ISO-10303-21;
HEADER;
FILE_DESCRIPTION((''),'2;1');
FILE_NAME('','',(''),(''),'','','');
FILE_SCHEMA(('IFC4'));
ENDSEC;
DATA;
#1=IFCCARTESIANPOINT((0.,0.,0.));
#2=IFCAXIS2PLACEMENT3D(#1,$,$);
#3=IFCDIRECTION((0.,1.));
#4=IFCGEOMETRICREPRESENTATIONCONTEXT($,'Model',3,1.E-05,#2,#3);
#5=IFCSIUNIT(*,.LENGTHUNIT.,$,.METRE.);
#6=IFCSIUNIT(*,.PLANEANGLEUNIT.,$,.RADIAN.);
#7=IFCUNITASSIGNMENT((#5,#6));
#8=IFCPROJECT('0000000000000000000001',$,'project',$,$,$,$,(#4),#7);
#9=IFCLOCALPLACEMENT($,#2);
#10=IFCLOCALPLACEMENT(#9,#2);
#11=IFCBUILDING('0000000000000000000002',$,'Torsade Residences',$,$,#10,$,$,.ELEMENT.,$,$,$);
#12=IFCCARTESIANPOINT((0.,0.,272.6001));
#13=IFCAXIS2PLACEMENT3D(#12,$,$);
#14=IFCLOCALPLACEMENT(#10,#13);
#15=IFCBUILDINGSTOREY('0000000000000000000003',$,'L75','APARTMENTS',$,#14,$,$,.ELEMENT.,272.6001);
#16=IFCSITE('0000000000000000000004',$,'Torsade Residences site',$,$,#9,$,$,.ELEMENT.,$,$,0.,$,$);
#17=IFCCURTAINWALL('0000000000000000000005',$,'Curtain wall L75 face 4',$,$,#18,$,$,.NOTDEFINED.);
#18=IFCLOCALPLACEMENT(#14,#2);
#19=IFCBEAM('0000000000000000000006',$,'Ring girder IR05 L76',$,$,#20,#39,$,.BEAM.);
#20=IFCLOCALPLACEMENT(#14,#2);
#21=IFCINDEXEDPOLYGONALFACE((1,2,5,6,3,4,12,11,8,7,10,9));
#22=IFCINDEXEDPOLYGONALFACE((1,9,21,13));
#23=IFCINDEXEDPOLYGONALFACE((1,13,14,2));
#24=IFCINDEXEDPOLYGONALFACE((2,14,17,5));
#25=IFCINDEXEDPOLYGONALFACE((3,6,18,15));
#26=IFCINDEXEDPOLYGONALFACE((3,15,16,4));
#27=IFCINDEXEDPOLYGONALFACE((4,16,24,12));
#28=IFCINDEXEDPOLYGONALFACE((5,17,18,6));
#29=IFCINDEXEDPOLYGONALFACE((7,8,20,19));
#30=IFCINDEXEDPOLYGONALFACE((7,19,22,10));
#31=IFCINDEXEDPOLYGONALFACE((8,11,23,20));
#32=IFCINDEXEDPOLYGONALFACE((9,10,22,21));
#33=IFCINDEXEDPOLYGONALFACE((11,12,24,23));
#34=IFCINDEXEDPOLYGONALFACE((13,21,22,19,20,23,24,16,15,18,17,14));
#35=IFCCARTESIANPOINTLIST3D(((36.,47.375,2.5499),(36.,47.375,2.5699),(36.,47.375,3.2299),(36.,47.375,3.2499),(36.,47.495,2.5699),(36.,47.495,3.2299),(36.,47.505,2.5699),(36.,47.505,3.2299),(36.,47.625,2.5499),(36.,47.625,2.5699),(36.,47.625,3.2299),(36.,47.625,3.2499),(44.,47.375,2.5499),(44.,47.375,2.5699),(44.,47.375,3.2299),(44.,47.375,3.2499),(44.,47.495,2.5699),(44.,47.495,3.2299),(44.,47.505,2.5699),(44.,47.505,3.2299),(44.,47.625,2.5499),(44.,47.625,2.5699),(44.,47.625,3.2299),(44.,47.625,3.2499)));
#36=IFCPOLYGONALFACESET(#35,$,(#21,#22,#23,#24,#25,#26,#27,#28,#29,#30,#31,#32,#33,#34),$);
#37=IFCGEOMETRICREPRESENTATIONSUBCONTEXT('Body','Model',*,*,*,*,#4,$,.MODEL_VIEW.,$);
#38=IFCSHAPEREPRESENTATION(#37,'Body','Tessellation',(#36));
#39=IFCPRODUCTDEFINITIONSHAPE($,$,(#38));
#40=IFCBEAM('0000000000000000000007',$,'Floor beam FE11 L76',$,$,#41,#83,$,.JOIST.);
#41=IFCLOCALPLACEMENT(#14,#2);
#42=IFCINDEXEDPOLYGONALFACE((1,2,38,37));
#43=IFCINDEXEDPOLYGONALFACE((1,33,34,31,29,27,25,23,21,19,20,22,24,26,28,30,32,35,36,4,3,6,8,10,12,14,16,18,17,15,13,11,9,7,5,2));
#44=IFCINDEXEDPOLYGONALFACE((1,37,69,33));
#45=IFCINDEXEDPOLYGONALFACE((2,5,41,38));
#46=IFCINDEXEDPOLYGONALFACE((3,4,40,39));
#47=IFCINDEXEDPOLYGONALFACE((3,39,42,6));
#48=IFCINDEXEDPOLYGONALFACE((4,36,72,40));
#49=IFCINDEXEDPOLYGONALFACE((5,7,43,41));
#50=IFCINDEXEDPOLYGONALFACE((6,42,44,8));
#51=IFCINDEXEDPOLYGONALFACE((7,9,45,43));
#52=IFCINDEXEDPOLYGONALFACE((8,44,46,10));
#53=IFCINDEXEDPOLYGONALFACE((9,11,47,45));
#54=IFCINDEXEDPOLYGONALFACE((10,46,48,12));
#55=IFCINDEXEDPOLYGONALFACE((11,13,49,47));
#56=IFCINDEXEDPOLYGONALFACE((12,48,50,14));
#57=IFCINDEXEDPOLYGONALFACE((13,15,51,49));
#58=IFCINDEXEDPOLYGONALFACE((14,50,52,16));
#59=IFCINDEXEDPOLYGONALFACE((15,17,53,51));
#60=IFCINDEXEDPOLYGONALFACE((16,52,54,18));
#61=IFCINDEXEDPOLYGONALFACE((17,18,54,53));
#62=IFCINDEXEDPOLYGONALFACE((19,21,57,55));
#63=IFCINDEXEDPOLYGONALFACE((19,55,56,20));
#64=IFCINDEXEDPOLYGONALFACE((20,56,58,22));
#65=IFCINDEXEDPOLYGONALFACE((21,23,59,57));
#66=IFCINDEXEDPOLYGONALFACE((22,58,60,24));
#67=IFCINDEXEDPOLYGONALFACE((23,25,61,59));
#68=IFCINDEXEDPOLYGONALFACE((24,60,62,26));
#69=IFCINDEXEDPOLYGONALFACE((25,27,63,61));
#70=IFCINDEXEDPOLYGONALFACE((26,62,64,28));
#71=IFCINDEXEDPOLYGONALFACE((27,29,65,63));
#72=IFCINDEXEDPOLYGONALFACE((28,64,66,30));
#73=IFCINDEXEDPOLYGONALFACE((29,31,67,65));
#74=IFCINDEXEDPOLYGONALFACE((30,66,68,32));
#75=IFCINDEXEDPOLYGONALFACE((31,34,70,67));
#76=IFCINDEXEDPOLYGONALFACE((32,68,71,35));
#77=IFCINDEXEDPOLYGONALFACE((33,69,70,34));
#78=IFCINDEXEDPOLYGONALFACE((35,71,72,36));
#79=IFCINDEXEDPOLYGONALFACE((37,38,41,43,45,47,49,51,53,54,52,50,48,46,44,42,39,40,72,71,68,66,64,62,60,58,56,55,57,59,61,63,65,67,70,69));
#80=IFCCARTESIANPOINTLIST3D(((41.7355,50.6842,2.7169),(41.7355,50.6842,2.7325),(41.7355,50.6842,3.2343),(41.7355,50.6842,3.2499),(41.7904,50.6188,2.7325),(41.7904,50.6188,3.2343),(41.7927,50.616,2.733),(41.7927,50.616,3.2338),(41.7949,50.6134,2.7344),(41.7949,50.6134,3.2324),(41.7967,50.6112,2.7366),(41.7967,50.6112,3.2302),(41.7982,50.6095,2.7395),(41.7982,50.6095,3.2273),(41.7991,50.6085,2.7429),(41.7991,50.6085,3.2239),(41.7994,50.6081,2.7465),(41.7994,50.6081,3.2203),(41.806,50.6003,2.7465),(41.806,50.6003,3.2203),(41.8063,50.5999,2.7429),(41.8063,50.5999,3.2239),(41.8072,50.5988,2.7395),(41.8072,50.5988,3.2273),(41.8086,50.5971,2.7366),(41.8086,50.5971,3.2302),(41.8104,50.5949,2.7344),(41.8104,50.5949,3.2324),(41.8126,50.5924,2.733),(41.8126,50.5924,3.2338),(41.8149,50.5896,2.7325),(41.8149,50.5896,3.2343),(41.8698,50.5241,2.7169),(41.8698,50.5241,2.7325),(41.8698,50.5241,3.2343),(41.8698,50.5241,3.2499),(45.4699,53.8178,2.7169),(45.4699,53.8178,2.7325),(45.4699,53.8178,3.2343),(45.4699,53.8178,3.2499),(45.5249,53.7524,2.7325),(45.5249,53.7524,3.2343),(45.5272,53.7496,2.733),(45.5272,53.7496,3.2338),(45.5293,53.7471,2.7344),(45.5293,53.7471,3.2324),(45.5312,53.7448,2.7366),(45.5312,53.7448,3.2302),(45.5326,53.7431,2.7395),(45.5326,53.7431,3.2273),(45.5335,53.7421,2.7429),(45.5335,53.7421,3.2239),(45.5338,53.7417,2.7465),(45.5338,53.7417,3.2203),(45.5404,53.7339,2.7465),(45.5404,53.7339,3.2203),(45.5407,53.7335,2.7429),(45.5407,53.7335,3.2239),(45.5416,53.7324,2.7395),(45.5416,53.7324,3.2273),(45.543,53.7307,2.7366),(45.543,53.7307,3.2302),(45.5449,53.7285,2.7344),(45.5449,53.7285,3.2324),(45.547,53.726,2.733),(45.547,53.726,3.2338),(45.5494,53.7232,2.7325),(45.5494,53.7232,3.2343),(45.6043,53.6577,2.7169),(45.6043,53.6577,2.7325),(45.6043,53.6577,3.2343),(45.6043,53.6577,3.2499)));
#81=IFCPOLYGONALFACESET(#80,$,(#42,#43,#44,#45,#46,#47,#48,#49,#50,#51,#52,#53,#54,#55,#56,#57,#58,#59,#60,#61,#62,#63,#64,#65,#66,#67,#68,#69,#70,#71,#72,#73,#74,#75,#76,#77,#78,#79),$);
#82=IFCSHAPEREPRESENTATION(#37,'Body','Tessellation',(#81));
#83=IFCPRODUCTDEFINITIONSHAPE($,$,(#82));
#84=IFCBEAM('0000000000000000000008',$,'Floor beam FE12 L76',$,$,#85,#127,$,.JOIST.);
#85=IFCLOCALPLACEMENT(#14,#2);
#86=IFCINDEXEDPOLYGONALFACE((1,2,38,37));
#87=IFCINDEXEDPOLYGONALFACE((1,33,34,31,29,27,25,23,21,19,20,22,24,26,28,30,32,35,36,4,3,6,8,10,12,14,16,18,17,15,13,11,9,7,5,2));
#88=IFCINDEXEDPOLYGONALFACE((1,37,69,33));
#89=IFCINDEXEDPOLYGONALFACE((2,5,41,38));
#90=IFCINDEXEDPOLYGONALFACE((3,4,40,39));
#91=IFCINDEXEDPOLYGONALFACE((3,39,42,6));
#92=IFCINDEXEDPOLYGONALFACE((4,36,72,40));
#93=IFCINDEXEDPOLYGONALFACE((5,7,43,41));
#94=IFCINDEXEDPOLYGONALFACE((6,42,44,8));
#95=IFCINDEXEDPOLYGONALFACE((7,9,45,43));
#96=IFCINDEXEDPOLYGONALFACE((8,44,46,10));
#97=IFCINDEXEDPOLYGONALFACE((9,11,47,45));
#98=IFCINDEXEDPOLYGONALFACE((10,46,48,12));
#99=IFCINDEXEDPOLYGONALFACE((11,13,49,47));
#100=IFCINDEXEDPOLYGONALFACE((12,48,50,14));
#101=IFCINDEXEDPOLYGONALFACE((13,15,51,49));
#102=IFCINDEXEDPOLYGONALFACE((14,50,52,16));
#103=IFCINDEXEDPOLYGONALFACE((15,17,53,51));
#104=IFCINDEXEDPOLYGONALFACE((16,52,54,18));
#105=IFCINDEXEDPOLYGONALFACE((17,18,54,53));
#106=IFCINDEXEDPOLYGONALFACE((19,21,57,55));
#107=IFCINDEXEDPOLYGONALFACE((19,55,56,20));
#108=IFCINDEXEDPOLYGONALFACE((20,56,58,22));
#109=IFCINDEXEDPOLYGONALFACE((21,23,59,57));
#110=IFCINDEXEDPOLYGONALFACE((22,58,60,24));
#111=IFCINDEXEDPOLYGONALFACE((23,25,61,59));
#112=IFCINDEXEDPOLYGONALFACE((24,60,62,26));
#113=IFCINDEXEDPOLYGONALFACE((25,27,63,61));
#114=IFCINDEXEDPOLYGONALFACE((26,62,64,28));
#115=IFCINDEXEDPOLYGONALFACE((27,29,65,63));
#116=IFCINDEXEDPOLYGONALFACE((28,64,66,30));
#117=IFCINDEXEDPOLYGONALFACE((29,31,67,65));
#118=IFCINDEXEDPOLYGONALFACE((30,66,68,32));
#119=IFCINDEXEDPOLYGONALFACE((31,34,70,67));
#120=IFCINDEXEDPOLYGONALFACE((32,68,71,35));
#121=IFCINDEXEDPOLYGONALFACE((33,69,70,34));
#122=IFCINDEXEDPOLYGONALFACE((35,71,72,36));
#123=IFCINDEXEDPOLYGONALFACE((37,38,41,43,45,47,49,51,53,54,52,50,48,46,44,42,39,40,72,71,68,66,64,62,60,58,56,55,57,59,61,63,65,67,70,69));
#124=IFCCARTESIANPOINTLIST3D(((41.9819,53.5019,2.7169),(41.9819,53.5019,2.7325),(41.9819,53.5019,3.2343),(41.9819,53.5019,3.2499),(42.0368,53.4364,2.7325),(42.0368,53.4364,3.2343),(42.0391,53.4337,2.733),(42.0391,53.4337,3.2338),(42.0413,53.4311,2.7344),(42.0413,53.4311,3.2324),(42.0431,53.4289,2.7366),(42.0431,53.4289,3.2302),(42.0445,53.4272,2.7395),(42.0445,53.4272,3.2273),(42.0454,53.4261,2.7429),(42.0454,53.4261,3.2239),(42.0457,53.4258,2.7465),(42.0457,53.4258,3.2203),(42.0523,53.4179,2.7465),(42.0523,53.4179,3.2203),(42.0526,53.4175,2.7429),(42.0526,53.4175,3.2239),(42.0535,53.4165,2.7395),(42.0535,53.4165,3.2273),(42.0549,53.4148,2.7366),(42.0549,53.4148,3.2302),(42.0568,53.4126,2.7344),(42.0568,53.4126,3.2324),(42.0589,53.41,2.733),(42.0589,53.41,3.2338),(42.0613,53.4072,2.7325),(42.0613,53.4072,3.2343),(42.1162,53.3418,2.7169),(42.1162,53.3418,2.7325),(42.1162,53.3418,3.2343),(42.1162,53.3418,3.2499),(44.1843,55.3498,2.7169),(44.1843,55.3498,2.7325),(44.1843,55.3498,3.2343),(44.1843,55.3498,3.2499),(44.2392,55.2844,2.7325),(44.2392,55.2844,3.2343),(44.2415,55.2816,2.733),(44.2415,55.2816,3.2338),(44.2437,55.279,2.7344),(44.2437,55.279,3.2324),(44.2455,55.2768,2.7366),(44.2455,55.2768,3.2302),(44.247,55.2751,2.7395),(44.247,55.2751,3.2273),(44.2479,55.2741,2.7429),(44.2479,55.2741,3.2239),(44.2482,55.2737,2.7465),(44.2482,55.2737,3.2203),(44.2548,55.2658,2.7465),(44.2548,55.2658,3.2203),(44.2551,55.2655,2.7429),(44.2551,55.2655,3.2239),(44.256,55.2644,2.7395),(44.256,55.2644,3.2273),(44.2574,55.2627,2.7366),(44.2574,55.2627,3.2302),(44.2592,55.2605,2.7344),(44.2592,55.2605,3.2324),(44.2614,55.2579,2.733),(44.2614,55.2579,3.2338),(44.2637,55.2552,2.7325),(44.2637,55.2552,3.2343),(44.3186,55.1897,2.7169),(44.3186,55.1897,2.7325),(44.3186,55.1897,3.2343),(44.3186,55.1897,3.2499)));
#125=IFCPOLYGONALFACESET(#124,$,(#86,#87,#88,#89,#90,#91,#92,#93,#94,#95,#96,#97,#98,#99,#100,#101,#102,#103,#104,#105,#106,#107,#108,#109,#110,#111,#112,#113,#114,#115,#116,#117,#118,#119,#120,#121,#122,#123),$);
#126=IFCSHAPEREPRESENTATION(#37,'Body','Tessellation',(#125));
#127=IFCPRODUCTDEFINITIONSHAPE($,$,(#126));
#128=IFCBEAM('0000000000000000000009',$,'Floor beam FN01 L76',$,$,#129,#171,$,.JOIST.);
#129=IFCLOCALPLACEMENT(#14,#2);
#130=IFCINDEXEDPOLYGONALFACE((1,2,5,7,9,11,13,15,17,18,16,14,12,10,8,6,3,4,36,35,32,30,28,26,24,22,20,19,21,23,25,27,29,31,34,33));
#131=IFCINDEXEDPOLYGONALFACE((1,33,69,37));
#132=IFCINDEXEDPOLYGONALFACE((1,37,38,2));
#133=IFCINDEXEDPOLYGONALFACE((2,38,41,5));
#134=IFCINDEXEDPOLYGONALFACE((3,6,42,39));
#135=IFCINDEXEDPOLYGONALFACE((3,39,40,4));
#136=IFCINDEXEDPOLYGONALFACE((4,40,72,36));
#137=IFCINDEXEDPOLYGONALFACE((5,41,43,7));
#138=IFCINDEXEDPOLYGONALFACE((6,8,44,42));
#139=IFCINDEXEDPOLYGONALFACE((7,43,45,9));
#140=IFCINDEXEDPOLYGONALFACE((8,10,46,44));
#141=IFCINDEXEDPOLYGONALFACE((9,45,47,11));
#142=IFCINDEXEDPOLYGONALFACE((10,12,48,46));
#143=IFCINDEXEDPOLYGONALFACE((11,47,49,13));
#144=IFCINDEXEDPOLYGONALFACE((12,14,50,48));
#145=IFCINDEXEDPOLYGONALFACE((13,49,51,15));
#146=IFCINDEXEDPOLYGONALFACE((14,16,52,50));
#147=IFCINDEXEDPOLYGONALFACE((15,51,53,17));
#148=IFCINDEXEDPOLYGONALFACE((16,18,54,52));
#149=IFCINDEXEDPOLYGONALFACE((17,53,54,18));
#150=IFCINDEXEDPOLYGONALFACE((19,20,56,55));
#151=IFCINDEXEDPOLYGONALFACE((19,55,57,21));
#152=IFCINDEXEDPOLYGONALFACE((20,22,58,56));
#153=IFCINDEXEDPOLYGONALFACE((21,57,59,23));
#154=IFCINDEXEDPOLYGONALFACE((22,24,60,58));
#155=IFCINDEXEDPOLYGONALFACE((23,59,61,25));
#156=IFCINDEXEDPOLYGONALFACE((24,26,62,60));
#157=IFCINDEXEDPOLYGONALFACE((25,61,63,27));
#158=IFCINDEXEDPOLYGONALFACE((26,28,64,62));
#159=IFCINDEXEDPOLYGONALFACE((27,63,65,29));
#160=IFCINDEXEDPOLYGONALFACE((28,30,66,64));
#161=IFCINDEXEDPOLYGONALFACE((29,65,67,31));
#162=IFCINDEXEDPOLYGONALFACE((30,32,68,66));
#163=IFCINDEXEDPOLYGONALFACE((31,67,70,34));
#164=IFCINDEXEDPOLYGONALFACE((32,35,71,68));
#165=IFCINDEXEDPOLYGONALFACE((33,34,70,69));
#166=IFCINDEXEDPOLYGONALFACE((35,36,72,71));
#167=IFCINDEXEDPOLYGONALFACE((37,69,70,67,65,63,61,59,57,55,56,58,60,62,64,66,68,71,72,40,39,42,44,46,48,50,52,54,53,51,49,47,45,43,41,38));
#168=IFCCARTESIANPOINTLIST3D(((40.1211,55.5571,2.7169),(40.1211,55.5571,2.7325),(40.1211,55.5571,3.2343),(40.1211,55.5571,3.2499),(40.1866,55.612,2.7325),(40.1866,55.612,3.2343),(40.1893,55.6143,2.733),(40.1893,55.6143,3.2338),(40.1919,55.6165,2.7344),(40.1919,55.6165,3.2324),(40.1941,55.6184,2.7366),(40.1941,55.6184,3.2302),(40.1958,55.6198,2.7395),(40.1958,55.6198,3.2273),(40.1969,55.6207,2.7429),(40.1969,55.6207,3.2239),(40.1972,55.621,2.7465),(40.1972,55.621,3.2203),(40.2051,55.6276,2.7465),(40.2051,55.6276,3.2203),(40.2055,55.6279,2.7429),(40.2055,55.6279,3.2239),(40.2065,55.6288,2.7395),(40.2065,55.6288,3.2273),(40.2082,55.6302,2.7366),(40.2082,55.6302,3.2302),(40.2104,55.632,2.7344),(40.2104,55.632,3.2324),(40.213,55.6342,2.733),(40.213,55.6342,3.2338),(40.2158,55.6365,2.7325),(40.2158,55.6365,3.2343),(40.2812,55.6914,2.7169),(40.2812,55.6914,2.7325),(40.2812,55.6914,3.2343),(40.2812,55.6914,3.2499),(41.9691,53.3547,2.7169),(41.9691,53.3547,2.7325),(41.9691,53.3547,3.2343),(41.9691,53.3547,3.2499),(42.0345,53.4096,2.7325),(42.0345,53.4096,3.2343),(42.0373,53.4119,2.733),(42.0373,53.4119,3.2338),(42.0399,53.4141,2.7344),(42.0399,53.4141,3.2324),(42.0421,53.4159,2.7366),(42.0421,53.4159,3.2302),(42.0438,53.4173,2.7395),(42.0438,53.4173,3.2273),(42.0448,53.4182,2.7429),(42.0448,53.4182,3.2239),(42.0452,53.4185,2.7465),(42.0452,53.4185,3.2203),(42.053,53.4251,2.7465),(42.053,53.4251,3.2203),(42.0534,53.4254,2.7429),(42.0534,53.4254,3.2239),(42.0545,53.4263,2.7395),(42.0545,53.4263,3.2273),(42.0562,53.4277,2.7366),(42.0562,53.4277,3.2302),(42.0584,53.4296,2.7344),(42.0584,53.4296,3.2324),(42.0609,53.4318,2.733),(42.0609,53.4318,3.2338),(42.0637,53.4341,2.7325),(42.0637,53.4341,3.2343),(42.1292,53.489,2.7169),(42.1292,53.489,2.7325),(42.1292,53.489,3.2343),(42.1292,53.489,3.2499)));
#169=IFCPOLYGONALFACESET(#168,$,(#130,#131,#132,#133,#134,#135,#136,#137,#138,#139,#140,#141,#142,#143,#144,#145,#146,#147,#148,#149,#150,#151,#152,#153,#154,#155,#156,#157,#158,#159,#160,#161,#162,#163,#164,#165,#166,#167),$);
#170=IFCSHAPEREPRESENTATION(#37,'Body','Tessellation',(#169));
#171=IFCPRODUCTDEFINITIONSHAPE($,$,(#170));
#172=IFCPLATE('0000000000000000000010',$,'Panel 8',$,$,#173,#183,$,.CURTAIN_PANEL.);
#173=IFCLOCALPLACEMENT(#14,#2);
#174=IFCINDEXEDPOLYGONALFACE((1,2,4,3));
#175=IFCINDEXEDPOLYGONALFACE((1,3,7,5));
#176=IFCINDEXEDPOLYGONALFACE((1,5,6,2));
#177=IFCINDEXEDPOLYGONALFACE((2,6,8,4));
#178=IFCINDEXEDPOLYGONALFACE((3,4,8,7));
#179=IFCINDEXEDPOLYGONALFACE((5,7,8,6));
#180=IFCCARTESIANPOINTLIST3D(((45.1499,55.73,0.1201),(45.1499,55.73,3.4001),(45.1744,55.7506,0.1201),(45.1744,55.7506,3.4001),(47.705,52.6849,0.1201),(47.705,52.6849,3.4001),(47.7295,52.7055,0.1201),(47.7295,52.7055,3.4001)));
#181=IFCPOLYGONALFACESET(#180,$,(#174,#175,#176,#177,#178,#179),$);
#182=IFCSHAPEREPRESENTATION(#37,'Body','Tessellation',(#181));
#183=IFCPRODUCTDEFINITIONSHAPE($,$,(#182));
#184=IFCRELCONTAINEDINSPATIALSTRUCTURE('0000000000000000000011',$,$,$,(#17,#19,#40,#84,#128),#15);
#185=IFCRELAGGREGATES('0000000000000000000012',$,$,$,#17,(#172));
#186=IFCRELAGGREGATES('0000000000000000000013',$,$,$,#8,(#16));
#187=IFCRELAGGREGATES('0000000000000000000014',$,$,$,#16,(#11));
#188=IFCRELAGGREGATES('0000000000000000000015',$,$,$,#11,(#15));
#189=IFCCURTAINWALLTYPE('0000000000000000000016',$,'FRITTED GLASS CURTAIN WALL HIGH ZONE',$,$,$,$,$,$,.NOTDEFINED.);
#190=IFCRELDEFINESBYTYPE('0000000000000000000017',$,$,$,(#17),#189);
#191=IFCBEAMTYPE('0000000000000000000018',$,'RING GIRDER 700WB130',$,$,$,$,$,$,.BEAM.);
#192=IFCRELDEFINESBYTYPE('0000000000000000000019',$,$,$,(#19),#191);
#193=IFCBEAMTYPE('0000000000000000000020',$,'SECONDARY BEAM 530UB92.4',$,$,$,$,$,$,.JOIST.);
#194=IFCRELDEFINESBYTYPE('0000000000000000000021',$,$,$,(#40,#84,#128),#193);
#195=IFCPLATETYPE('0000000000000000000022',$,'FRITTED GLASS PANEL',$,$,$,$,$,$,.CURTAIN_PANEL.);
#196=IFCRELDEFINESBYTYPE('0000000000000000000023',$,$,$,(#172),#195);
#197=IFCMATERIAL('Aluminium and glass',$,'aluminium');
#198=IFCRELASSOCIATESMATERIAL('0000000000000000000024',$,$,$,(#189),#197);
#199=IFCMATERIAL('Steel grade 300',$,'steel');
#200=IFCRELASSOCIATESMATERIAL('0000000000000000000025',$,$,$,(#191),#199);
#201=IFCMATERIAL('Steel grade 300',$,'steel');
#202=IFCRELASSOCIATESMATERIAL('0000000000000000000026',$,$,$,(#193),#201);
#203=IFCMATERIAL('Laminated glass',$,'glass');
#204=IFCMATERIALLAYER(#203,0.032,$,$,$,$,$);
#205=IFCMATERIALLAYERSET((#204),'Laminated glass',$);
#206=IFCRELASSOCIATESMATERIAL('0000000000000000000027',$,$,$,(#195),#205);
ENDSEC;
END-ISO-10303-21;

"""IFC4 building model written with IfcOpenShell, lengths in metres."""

from ifc_helpers import new_model, si_unit, direction, frame, origin, origin_2d, place, context, subcontext, project, spatial, rectangle, i_section, extrude, material, layer, layer_set, material_profile, profile_set, type_object, element, aggregate, save


model = new_model("IFC4")

# Units and contexts
model_context = context("Model", 3, precision=1e-05, world=origin(), true_north=direction((0.0, 1.0)))
body_context = subcontext(model_context, "Body", "Model", "MODEL_VIEW")
ifc_project = project(units=[si_unit("LENGTHUNIT", "METRE"), si_unit("PLANEANGLEUNIT", "RADIAN")], contexts=[model_context])

# Site, building, storey
site_placement = place(None, origin())
site = spatial("IfcSite", under=ifc_project, at=site_placement, Name="Torsade Residences site", CompositionType="ELEMENT", RefElevation=0.0)
building_placement = place(site_placement, origin())
building = spatial("IfcBuilding", under=site, at=building_placement, Name="Torsade Residences", CompositionType="ELEMENT")
storey_placement = place(building_placement, frame((0.0, 0.0, 272.6001)))
storey = spatial("IfcBuildingStorey", under=building, at=storey_placement, Name="L75", Description="APARTMENTS", CompositionType="ELEMENT", Elevation=272.6001)

# Curtain wall
ifc_material_1 = material(Name="Aluminium and glass", Category="aluminium")
curtain_wall_type = type_object("IfcCurtainWallType", Name="FRITTED GLASS CURTAIN WALL HIGH ZONE", PredefinedType="NOTDEFINED", material=ifc_material_1)
curtain_wall_1_placement = place(storey_placement, origin())
curtain_wall_1 = element("IfcCurtainWall", 1, at=curtain_wall_1_placement, inside=storey, type_object=curtain_wall_type, Name="Curtain wall L75 face 4", PredefinedType="NOTDEFINED")

# Beams
ifc_material_2 = material(Name="Steel grade 300", Category="steel")
ifc_material_profile_1 = material_profile(ifc_material_2, i_section(OverallWidth=0.25, OverallDepth=0.7, WebThickness=0.01, FlangeThickness=0.02, at=origin_2d()), Name="700WB130")
ifc_profile_set_1 = profile_set([ifc_material_profile_1], Name="Steel grade 300")
beam_type_1 = type_object("IfcBeamType", Name="RING GIRDER 700WB130", PredefinedType="BEAM", material=ifc_profile_set_1)
beam_1_placement = place(storey_placement, frame((44.0, 47.5, 2.8999), z_axis=(-1.0, 0.0, 0.0), x_axis=(0.0, -1.0, 0.0)))
element("IfcBeam", 2, at=beam_1_placement, inside=storey, type_object=beam_type_1, Name="Ring girder IR05 L76", PredefinedType="BEAM", context=body_context, shape_type="SweptSolid", body=[
    extrude(i_section(OverallWidth=0.25, OverallDepth=0.7, WebThickness=0.01, FlangeThickness=0.02, at=origin_2d()), origin(), (0.0, 0.0, 1.0), 8.0),
])
ifc_material_3 = material(Name="Steel grade 300", Category="steel")
ifc_material_profile_2 = material_profile(ifc_material_3, i_section(OverallWidth=0.209, OverallDepth=0.533, WebThickness=0.0103, FlangeThickness=0.0156, FilletRadius=0.0139, at=origin_2d()), Name="530UB92.4")
ifc_profile_set_2 = profile_set([ifc_material_profile_2], Name="Steel grade 300")
beam_type_2 = type_object("IfcBeamType", Name="SECONDARY BEAM 530UB92.4", PredefinedType="JOIST", material=ifc_profile_set_2)
beam_2_placement = place(storey_placement, frame((45.5371, 53.7378, 2.9834), z_axis=(-0.766041, -0.642791, 0.0), x_axis=(0.642791, -0.766041, 0.0)))
element("IfcBeam", 3, at=beam_2_placement, inside=storey, type_object=beam_type_2, Name="Floor beam FE11 L76", PredefinedType="JOIST", context=body_context, shape_type="SweptSolid", body=[
    extrude(i_section(OverallWidth=0.209, OverallDepth=0.533, WebThickness=0.0103, FlangeThickness=0.0156, FilletRadius=0.0139, at=origin_2d()), origin(), (0.0, 0.0, 1.0), 4.875),
])
for number, where, z_axis, x_axis, name in (
    (4, (44.2515, 55.2698, 2.9834), (-0.766066, -0.642762, 0.0), (0.642762, -0.766066, 0.0), "Floor beam FE12 L76"),
    (5, (40.2012, 55.6243, 2.9834), (0.642762, -0.766066, 0.0), (0.766066, 0.642762, 0.0), "Floor beam FN01 L76"),
):
    element("IfcBeam", number, at=place(storey_placement, frame(where, z_axis=z_axis, x_axis=x_axis)), inside=storey, type_object=beam_type_2, Name=name, PredefinedType="JOIST", context=body_context, shape_type="SweptSolid", body=[
        extrude(i_section(OverallWidth=0.209, OverallDepth=0.533, WebThickness=0.0103, FlangeThickness=0.0156, FilletRadius=0.0139, at=origin_2d()), origin(), (0.0, 0.0, 1.0), 2.875),
    ])

# Plate
ifc_material_4 = material(Name="Laminated glass", Category="glass")
ifc_layer_1 = layer(ifc_material_4, 0.032)
ifc_layer_set_1 = layer_set([ifc_layer_1], Name="Laminated glass")
plate_type = type_object("IfcPlateType", Name="FRITTED GLASS PANEL", PredefinedType="CURTAIN_PANEL", material=ifc_layer_set_1)
plate_placement = place(storey_placement, frame((46.4397, 54.2178, 0.1201), z_axis=(0.0, 0.0, 1.0), x_axis=(-0.642788, 0.766044, 0.0)))
plate = element("IfcPlate", 6, at=plate_placement, type_object=plate_type, Name="Panel 8", PredefinedType="CURTAIN_PANEL", context=body_context, shape_type="SweptSolid", body=[
    extrude(rectangle(XDim=3.9751, YDim=0.032, at=origin_2d()), origin(), (0.0, 0.0, 1.0), 3.28),
])
aggregate(curtain_wall_1, [plate])

save(model, "model.ifc")
